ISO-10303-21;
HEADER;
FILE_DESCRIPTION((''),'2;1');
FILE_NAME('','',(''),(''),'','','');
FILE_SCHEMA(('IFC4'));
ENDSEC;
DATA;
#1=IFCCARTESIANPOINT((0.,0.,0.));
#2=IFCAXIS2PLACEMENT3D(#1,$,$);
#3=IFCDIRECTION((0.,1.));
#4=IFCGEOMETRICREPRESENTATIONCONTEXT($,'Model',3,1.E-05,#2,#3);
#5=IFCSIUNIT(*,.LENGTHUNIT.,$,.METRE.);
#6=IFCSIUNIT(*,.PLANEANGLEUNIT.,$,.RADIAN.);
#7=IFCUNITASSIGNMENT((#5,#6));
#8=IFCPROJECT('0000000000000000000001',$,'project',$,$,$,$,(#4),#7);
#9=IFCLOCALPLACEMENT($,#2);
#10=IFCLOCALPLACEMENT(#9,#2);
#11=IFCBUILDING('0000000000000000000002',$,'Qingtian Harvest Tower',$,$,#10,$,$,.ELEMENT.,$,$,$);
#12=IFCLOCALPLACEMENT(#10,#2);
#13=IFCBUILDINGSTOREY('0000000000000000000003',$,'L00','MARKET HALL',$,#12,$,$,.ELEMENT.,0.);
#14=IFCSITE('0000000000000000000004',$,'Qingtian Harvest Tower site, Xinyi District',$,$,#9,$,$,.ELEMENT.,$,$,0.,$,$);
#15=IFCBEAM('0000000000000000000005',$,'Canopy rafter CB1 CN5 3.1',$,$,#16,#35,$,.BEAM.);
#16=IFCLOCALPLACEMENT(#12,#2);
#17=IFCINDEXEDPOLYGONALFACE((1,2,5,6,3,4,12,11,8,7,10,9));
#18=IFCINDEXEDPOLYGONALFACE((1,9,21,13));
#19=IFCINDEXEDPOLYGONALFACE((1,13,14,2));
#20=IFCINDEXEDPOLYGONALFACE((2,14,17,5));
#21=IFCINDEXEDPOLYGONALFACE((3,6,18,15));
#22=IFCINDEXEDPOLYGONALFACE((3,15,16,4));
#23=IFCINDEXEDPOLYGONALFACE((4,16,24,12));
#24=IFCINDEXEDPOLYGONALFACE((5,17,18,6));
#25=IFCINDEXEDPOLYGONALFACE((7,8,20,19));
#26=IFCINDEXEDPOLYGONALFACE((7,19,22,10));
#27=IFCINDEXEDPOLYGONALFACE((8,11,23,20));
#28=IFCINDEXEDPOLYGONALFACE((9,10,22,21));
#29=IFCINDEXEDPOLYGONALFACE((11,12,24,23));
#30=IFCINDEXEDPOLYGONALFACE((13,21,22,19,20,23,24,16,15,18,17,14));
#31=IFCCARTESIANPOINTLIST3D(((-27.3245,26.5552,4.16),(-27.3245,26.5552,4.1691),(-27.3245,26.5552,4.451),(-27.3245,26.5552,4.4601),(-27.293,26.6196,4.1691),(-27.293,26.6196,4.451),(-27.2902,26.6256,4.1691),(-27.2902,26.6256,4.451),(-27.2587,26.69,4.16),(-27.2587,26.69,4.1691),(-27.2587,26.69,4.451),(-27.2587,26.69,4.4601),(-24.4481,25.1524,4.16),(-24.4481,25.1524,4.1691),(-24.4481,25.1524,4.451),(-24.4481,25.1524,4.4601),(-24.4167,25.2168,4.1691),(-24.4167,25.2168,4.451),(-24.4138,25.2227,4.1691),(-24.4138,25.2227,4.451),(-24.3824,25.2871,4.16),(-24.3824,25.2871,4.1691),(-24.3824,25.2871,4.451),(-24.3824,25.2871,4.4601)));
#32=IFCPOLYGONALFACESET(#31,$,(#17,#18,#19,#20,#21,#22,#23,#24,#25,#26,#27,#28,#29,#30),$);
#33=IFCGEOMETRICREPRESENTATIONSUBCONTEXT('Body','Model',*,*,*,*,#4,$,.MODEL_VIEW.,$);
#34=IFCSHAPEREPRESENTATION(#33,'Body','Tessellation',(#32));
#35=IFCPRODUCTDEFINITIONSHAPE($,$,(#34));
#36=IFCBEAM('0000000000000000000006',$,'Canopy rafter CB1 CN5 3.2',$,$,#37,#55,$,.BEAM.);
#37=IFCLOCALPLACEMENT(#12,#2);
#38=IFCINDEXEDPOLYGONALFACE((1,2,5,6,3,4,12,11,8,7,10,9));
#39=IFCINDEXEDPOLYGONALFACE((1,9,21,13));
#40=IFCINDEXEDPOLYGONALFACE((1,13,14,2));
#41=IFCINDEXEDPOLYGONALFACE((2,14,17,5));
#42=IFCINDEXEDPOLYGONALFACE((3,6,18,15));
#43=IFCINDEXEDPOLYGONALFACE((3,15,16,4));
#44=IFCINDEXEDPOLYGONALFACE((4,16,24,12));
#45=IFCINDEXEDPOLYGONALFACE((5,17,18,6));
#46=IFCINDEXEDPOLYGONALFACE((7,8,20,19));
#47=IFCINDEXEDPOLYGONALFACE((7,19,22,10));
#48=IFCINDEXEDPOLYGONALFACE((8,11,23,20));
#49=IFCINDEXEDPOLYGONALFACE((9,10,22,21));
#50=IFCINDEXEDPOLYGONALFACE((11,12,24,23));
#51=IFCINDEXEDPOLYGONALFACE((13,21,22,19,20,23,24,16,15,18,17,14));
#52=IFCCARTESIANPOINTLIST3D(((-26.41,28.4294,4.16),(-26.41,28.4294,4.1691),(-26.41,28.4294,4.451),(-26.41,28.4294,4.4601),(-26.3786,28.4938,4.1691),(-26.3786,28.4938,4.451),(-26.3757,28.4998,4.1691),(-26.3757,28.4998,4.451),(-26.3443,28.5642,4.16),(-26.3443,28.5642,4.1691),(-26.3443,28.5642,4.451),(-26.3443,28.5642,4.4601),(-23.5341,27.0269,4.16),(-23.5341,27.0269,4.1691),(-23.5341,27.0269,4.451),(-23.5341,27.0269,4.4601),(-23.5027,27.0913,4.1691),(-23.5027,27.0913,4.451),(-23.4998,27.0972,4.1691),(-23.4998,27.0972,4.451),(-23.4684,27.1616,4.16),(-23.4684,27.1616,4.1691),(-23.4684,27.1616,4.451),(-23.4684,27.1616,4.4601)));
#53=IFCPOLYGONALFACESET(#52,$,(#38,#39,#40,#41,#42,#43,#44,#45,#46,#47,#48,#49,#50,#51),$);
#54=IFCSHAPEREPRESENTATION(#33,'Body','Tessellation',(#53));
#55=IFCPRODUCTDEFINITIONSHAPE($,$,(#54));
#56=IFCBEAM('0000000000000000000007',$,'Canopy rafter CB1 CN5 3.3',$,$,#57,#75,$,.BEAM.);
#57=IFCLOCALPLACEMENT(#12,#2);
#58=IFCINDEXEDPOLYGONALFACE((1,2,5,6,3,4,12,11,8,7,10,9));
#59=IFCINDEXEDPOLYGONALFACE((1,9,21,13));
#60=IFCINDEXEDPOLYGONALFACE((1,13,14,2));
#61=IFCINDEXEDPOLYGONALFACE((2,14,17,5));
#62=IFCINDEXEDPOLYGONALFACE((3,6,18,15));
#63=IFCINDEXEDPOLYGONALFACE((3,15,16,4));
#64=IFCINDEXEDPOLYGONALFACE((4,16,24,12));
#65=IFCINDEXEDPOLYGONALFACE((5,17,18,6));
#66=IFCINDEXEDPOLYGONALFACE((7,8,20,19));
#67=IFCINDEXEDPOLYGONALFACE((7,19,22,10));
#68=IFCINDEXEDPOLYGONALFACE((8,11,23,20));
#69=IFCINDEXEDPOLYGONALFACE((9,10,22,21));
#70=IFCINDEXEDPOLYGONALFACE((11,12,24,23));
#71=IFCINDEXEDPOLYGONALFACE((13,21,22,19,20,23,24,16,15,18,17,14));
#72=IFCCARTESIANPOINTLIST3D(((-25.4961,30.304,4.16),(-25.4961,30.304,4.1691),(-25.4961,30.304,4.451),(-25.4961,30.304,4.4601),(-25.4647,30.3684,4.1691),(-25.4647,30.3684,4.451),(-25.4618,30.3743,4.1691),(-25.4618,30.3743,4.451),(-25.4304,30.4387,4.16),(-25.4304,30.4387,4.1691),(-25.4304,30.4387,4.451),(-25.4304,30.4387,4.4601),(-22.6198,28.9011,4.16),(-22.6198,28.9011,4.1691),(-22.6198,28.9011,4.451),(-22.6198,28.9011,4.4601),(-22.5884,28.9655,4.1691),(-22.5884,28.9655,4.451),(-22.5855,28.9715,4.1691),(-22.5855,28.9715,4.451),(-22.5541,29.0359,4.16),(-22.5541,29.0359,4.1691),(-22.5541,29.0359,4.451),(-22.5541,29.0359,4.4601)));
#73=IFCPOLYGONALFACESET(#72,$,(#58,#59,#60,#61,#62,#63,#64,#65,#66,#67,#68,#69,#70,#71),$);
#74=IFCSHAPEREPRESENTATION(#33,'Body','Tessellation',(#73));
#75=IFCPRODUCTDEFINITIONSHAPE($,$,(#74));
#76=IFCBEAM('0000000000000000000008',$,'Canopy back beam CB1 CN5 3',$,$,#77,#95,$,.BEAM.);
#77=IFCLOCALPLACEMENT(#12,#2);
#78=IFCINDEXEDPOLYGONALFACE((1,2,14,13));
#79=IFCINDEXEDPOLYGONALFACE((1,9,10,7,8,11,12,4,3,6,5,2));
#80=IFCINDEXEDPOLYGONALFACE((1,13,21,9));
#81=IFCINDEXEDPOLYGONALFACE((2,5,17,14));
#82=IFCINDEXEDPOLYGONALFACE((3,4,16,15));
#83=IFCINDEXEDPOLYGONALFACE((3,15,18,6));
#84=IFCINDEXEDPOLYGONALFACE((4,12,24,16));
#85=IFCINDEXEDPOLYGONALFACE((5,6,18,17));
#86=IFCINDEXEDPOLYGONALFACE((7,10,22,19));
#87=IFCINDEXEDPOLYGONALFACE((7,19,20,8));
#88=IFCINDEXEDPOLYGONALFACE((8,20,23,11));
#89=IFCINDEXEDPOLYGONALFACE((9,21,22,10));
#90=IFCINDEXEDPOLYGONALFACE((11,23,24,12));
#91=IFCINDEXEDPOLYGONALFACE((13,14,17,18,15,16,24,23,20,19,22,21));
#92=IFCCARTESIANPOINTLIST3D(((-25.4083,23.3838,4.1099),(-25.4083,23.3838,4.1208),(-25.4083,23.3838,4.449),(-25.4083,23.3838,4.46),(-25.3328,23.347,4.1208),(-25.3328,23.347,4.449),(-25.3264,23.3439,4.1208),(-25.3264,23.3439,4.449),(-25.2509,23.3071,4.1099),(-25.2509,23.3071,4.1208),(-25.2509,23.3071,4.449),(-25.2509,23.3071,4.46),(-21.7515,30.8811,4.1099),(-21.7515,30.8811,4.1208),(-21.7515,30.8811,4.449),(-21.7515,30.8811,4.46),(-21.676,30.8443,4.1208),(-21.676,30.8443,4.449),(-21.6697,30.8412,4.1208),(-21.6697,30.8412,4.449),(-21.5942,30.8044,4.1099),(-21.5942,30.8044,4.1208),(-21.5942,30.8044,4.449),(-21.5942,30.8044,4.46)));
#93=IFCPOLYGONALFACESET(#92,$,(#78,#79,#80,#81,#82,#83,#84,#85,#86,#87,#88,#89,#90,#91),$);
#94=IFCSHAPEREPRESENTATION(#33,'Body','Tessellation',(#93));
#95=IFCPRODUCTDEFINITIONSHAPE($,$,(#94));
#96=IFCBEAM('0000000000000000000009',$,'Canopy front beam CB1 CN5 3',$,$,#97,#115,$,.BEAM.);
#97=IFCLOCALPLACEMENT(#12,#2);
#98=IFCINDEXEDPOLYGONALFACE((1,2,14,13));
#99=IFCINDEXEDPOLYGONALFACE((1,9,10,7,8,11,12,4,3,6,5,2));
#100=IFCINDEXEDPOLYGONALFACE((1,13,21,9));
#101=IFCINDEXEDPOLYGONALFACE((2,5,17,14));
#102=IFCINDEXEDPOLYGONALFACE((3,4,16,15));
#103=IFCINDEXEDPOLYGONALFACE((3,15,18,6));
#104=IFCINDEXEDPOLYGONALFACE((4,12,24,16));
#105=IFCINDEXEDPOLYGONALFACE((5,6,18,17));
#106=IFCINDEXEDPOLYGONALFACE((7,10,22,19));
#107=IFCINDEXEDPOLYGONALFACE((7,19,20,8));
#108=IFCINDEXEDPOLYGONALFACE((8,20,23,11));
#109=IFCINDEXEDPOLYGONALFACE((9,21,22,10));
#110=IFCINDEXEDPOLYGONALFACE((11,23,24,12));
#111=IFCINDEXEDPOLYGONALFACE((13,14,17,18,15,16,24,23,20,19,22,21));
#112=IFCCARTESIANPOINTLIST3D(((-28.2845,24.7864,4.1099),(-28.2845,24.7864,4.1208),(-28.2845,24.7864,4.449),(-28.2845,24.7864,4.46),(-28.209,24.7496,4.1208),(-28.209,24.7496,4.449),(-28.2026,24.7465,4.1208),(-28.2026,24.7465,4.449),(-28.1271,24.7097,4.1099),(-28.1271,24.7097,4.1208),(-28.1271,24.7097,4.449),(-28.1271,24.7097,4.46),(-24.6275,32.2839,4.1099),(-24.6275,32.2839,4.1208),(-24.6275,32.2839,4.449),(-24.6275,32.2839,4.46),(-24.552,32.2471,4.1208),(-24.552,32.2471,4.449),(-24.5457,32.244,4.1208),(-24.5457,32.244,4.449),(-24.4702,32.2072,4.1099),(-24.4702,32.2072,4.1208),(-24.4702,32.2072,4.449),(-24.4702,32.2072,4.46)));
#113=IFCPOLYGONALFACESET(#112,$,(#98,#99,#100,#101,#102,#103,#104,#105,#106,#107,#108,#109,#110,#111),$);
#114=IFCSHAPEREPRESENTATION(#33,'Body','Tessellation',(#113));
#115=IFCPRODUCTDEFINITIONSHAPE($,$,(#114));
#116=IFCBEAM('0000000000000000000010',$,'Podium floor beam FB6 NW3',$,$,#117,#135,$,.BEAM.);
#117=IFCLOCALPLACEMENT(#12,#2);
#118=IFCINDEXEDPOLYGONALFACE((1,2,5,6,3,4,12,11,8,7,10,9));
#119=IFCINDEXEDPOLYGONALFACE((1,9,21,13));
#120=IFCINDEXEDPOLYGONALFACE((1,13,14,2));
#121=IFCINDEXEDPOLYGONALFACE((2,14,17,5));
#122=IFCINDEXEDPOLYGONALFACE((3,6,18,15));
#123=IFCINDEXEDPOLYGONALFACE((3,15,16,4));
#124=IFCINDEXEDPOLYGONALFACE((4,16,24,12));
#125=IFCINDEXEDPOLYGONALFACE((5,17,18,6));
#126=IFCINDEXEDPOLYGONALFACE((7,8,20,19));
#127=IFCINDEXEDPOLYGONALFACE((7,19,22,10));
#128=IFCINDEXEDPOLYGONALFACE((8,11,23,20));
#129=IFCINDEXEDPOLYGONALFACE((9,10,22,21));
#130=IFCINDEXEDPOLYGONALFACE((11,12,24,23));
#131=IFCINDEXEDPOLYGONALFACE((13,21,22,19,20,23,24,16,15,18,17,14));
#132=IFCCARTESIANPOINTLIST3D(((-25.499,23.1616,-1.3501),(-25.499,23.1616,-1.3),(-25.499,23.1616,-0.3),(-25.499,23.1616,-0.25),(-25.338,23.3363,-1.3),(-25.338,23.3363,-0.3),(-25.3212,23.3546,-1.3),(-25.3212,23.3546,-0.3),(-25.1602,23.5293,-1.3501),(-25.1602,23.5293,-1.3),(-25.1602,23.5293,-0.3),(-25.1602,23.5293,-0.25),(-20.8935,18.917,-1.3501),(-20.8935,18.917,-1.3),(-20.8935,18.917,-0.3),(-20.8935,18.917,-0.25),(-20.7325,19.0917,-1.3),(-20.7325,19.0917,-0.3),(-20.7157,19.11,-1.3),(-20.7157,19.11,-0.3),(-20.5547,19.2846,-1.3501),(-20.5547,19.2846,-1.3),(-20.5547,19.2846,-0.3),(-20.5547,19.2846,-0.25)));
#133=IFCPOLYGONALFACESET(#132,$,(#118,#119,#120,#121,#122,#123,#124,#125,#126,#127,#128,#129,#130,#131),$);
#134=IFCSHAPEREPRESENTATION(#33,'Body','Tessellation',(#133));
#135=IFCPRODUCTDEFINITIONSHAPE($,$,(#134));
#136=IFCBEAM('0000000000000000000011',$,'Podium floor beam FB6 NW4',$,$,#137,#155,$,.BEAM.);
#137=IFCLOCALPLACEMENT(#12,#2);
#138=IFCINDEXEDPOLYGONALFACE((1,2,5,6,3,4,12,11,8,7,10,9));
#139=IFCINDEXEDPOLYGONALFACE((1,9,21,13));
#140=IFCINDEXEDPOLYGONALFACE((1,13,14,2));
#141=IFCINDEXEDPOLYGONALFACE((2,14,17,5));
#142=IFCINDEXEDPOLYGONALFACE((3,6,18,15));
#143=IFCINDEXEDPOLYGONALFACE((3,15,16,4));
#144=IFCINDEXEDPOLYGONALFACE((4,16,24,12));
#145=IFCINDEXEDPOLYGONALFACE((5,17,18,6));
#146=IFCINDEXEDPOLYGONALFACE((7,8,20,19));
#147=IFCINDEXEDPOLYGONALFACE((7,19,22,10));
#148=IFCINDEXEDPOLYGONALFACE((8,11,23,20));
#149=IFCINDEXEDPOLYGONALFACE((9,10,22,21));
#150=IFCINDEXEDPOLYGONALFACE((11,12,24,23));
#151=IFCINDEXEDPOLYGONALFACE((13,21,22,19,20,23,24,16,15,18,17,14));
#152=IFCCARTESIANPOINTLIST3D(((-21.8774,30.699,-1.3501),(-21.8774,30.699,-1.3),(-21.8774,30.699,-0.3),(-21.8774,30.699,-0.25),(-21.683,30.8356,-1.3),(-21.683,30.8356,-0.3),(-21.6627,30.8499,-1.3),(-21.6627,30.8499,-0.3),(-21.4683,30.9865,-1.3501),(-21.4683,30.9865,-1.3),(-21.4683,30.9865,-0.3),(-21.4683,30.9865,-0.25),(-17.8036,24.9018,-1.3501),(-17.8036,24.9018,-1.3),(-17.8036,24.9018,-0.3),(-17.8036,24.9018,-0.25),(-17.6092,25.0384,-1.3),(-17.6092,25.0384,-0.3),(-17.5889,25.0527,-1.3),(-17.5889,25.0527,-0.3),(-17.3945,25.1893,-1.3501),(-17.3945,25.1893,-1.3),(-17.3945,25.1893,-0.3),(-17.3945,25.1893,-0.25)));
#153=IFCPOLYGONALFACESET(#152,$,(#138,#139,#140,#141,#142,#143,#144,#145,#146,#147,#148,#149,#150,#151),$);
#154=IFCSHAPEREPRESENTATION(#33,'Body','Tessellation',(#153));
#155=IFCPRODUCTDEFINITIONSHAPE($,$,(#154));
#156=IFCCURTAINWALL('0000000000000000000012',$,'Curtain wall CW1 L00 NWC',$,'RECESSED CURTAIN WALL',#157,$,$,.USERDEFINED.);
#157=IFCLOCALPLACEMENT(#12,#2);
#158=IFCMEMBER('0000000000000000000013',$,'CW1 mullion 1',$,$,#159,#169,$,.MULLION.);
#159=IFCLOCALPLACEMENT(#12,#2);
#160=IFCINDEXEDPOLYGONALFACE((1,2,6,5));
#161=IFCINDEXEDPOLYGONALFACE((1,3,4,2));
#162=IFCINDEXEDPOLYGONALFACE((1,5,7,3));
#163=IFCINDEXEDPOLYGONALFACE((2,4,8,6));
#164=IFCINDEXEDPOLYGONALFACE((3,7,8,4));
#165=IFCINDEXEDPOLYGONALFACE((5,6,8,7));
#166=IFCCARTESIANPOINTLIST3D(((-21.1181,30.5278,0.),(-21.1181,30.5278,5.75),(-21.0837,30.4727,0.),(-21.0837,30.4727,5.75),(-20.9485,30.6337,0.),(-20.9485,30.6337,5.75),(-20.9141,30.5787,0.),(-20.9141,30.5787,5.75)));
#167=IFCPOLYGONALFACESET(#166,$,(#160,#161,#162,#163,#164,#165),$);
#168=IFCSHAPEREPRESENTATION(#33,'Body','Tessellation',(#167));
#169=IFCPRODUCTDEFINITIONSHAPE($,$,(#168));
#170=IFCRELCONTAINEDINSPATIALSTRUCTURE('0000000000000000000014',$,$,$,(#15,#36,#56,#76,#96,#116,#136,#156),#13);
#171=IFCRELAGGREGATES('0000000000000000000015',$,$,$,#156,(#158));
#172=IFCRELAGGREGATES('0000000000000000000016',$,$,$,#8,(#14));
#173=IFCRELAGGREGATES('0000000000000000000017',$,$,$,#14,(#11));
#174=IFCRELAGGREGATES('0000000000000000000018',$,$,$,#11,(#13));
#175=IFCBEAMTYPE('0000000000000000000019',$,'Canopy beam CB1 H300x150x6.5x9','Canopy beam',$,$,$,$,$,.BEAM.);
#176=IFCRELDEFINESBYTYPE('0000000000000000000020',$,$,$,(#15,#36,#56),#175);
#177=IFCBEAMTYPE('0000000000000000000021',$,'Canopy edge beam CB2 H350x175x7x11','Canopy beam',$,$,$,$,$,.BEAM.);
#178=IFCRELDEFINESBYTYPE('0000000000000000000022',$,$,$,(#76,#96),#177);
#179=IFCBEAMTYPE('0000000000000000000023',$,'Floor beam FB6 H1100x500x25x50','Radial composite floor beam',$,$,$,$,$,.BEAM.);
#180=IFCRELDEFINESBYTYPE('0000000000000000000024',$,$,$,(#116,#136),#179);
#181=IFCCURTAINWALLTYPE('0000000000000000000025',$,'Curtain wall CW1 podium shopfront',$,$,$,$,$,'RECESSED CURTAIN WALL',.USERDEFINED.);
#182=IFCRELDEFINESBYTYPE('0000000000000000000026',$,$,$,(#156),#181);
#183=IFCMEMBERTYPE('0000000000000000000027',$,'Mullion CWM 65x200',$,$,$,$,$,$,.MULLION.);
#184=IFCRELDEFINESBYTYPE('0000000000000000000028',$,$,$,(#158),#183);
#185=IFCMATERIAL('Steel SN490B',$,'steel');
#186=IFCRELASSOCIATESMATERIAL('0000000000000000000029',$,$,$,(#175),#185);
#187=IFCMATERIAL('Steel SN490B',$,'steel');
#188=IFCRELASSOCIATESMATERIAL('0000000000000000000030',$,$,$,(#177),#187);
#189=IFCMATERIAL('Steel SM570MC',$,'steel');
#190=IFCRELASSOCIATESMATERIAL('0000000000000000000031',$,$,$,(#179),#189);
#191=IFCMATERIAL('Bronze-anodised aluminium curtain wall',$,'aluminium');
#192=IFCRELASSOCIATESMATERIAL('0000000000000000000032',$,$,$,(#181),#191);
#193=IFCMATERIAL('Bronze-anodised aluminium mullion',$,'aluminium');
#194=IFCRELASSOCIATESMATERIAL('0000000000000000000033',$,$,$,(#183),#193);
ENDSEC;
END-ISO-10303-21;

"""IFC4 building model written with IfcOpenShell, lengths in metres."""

from ifc_helpers import new_model, si_unit, direction, frame, origin, origin_2d, place, context, subcontext, project, spatial, rectangle, i_section, extrude, material, material_profile, profile_set, type_object, element, aggregate, save


model = new_model("IFC4")

# Units and contexts
model_context = context("Model", 3, precision=1e-05, world=origin(), true_north=direction((0.0, 1.0)))
body_context = subcontext(model_context, "Body", "Model", "MODEL_VIEW")
ifc_project = project(units=[si_unit("LENGTHUNIT", "METRE"), si_unit("PLANEANGLEUNIT", "RADIAN")], contexts=[model_context])

# Site, building, storey
site_placement = place(None, origin())
site = spatial("IfcSite", under=ifc_project, at=site_placement, Name="Qingtian Harvest Tower site, Xinyi District", CompositionType="ELEMENT", RefElevation=0.0)
building_placement = place(site_placement, origin())
building = spatial("IfcBuilding", under=site, at=building_placement, Name="Qingtian Harvest Tower", CompositionType="ELEMENT")
storey_placement = place(building_placement, origin())
storey = spatial("IfcBuildingStorey", under=building, at=storey_placement, Name="L00", Description="MARKET HALL", CompositionType="ELEMENT", Elevation=0.0)

# Beams
ifc_material_1 = material(Name="Steel SN490B", Category="steel")
ifc_material_profile_1 = material_profile(ifc_material_1, i_section(OverallWidth=0.1499, OverallDepth=0.3, WebThickness=0.0066, FlangeThickness=0.009, at=origin_2d()), Name="H300x150x6.5x9")
ifc_profile_set_1 = profile_set([ifc_material_profile_1], Name="Steel SN490B")
beam_type_1 = type_object("IfcBeamType", Name="Canopy beam CB1 H300x150x6.5x9", Description="Canopy beam", PredefinedType="BEAM", material=ifc_profile_set_1)
beam_1_placement = place(storey_placement, frame((-24.4153, 25.2197, 4.3101), z_axis=(-0.898793, 0.438373, 0.0), x_axis=(-0.438373, -0.898793, 0.0)))
element("IfcBeam", 1, at=beam_1_placement, inside=storey, type_object=beam_type_1, Name="Canopy rafter CB1 CN5 3.1", PredefinedType="BEAM", context=body_context, shape_type="SweptSolid", body=[
    extrude(i_section(OverallWidth=0.1499, OverallDepth=0.3, WebThickness=0.0066, FlangeThickness=0.009, at=origin_2d()), origin(), (0.0, 0.0, 1.0), 3.2002),
])
beam_2_placement = place(storey_placement, frame((-23.5012, 27.0942, 4.3101), z_axis=(-0.898809, 0.438341, 0.0), x_axis=(-0.438341, -0.898809, 0.0)))
element("IfcBeam", 2, at=beam_2_placement, inside=storey, type_object=beam_type_1, Name="Canopy rafter CB1 CN5 3.2", PredefinedType="BEAM", context=body_context, shape_type="SweptSolid", body=[
    extrude(i_section(OverallWidth=0.1499, OverallDepth=0.3, WebThickness=0.0066, FlangeThickness=0.009, at=origin_2d()), origin(), (0.0, 0.0, 1.0), 3.1997),
])
beam_3_placement = place(storey_placement, frame((-22.5869, 28.9685, 4.3101), z_axis=(-0.898793, 0.438373, 0.0), x_axis=(-0.438373, -0.898793, 0.0)))
element("IfcBeam", 3, at=beam_3_placement, inside=storey, type_object=beam_type_1, Name="Canopy rafter CB1 CN5 3.3", PredefinedType="BEAM", context=body_context, shape_type="SweptSolid", body=[
    extrude(i_section(OverallWidth=0.1499, OverallDepth=0.3, WebThickness=0.0066, FlangeThickness=0.009, at=origin_2d()), origin(), (0.0, 0.0, 1.0), 3.2002),
])
ifc_material_2 = material(Name="Steel SN490B", Category="steel")
ifc_material_profile_2 = material_profile(ifc_material_2, i_section(OverallWidth=0.175, OverallDepth=0.3501, WebThickness=0.0071, FlangeThickness=0.011, at=origin_2d()), Name="H350x175x7x11")
ifc_profile_set_2 = profile_set([ifc_material_profile_2], Name="Steel SN490B")
beam_type_2 = type_object("IfcBeamType", Name="Canopy edge beam CB2 H350x175x7x11", Description="Canopy beam", PredefinedType="BEAM", material=ifc_profile_set_2)
beam_4_placement = place(storey_placement, frame((-25.3296, 23.3455, 4.2849), z_axis=(0.438376, 0.898792, 0.0), x_axis=(-0.898792, 0.438376, 0.0)))
element("IfcBeam", 4, at=beam_4_placement, inside=storey, type_object=beam_type_2, Name="Canopy back beam CB1 CN5 3", PredefinedType="BEAM", context=body_context, shape_type="SweptSolid", body=[
    extrude(i_section(OverallWidth=0.175, OverallDepth=0.3501, WebThickness=0.0071, FlangeThickness=0.011, at=origin_2d()), origin(), (0.0, 0.0, 1.0), 8.3416),
])
beam_5_placement = place(storey_placement, frame((-28.2058, 24.748, 4.2849), z_axis=(0.438388, 0.898786, 0.0), x_axis=(-0.898786, 0.438388, 0.0)))
element("IfcBeam", 5, at=beam_5_placement, inside=storey, type_object=beam_type_2, Name="Canopy front beam CB1 CN5 3", PredefinedType="BEAM", context=body_context, shape_type="SweptSolid", body=[
    extrude(i_section(OverallWidth=0.175, OverallDepth=0.3501, WebThickness=0.0071, FlangeThickness=0.011, at=origin_2d()), origin(), (0.0, 0.0, 1.0), 8.3418),
])
ifc_material_3 = material(Name="Steel SM570MC", Category="steel")
ifc_material_profile_3 = material_profile(ifc_material_3, i_section(OverallWidth=0.5, OverallDepth=1.1001, WebThickness=0.0249, FlangeThickness=0.05, at=origin_2d()), Name="H1100x500x25x50")
ifc_profile_set_3 = profile_set([ifc_material_profile_3], Name="Steel SM570MC")
beam_type_3 = type_object("IfcBeamType", Name="Floor beam FB6 H1100x500x25x50", Description="Radial composite floor beam", PredefinedType="BEAM", material=ifc_profile_set_3)
beam_6_placement = place(storey_placement, frame((-25.3296, 23.3455, -0.8), z_axis=(0.735326, -0.677713, 0.0), x_axis=(0.677713, 0.735326, 0.0)))
element("IfcBeam", 6, at=beam_6_placement, inside=storey, type_object=beam_type_3, Name="Podium floor beam FB6 NW3", PredefinedType="BEAM", context=body_context, shape_type="SweptSolid", body=[
    extrude(i_section(OverallWidth=0.5, OverallDepth=1.1001, WebThickness=0.0249, FlangeThickness=0.05, at=origin_2d()), origin(), (0.0, 0.0, 1.0), 6.2632),
])
beam_7_placement = place(storey_placement, frame((-21.6729, 30.8428, -0.8), z_axis=(0.574953, -0.818186, 0.0), x_axis=(0.818186, 0.574953, 0.0)))
element("IfcBeam", 7, at=beam_7_placement, inside=storey, type_object=beam_type_3, Name="Podium floor beam FB6 NW4", PredefinedType="BEAM", context=body_context, shape_type="SweptSolid", body=[
    extrude(i_section(OverallWidth=0.5, OverallDepth=1.1001, WebThickness=0.0249, FlangeThickness=0.05, at=origin_2d()), origin(), (0.0, 0.0, 1.0), 7.0854),
])

# Curtain wall, member
ifc_material_4 = material(Name="Bronze-anodised aluminium curtain wall", Category="aluminium")
curtain_wall_type = type_object("IfcCurtainWallType", Name="Curtain wall CW1 podium shopfront", ElementType="RECESSED CURTAIN WALL", PredefinedType="USERDEFINED", material=ifc_material_4)
curtain_wall_placement = place(storey_placement, origin())
curtain_wall = element("IfcCurtainWall", 8, at=curtain_wall_placement, inside=storey, type_object=curtain_wall_type, Name="Curtain wall CW1 L00 NWC", ObjectType="RECESSED CURTAIN WALL", PredefinedType="USERDEFINED")
ifc_material_5 = material(Name="Bronze-anodised aluminium mullion", Category="aluminium")
ifc_material_profile_4 = material_profile(ifc_material_5, rectangle(XDim=0.0649, YDim=0.2, at=origin_2d()), Name="AL 65x200")
ifc_profile_set_4 = profile_set([ifc_material_profile_4], Name="Bronze-anodised aluminium mullion")
member_type_1 = type_object("IfcMemberType", Name="Mullion CWM 65x200", PredefinedType="MULLION", material=ifc_profile_set_4)
member_1_placement = place(storey_placement, frame((-21.0161, 30.5532, 0.0), z_axis=(0.0, 0.0, 1.0), x_axis=(-0.529919, 0.848048, 0.0)))
member_1 = element("IfcMember", 9, at=member_1_placement, type_object=member_type_1, Name="CW1 mullion 1", PredefinedType="MULLION", context=body_context, shape_type="SweptSolid", body=[
    extrude(rectangle(XDim=0.0649, YDim=0.2, at=origin_2d()), origin(), (0.0, 0.0, 1.0), 5.75),
])

aggregate(curtain_wall, [member_1])

save(model, "model.ifc")
